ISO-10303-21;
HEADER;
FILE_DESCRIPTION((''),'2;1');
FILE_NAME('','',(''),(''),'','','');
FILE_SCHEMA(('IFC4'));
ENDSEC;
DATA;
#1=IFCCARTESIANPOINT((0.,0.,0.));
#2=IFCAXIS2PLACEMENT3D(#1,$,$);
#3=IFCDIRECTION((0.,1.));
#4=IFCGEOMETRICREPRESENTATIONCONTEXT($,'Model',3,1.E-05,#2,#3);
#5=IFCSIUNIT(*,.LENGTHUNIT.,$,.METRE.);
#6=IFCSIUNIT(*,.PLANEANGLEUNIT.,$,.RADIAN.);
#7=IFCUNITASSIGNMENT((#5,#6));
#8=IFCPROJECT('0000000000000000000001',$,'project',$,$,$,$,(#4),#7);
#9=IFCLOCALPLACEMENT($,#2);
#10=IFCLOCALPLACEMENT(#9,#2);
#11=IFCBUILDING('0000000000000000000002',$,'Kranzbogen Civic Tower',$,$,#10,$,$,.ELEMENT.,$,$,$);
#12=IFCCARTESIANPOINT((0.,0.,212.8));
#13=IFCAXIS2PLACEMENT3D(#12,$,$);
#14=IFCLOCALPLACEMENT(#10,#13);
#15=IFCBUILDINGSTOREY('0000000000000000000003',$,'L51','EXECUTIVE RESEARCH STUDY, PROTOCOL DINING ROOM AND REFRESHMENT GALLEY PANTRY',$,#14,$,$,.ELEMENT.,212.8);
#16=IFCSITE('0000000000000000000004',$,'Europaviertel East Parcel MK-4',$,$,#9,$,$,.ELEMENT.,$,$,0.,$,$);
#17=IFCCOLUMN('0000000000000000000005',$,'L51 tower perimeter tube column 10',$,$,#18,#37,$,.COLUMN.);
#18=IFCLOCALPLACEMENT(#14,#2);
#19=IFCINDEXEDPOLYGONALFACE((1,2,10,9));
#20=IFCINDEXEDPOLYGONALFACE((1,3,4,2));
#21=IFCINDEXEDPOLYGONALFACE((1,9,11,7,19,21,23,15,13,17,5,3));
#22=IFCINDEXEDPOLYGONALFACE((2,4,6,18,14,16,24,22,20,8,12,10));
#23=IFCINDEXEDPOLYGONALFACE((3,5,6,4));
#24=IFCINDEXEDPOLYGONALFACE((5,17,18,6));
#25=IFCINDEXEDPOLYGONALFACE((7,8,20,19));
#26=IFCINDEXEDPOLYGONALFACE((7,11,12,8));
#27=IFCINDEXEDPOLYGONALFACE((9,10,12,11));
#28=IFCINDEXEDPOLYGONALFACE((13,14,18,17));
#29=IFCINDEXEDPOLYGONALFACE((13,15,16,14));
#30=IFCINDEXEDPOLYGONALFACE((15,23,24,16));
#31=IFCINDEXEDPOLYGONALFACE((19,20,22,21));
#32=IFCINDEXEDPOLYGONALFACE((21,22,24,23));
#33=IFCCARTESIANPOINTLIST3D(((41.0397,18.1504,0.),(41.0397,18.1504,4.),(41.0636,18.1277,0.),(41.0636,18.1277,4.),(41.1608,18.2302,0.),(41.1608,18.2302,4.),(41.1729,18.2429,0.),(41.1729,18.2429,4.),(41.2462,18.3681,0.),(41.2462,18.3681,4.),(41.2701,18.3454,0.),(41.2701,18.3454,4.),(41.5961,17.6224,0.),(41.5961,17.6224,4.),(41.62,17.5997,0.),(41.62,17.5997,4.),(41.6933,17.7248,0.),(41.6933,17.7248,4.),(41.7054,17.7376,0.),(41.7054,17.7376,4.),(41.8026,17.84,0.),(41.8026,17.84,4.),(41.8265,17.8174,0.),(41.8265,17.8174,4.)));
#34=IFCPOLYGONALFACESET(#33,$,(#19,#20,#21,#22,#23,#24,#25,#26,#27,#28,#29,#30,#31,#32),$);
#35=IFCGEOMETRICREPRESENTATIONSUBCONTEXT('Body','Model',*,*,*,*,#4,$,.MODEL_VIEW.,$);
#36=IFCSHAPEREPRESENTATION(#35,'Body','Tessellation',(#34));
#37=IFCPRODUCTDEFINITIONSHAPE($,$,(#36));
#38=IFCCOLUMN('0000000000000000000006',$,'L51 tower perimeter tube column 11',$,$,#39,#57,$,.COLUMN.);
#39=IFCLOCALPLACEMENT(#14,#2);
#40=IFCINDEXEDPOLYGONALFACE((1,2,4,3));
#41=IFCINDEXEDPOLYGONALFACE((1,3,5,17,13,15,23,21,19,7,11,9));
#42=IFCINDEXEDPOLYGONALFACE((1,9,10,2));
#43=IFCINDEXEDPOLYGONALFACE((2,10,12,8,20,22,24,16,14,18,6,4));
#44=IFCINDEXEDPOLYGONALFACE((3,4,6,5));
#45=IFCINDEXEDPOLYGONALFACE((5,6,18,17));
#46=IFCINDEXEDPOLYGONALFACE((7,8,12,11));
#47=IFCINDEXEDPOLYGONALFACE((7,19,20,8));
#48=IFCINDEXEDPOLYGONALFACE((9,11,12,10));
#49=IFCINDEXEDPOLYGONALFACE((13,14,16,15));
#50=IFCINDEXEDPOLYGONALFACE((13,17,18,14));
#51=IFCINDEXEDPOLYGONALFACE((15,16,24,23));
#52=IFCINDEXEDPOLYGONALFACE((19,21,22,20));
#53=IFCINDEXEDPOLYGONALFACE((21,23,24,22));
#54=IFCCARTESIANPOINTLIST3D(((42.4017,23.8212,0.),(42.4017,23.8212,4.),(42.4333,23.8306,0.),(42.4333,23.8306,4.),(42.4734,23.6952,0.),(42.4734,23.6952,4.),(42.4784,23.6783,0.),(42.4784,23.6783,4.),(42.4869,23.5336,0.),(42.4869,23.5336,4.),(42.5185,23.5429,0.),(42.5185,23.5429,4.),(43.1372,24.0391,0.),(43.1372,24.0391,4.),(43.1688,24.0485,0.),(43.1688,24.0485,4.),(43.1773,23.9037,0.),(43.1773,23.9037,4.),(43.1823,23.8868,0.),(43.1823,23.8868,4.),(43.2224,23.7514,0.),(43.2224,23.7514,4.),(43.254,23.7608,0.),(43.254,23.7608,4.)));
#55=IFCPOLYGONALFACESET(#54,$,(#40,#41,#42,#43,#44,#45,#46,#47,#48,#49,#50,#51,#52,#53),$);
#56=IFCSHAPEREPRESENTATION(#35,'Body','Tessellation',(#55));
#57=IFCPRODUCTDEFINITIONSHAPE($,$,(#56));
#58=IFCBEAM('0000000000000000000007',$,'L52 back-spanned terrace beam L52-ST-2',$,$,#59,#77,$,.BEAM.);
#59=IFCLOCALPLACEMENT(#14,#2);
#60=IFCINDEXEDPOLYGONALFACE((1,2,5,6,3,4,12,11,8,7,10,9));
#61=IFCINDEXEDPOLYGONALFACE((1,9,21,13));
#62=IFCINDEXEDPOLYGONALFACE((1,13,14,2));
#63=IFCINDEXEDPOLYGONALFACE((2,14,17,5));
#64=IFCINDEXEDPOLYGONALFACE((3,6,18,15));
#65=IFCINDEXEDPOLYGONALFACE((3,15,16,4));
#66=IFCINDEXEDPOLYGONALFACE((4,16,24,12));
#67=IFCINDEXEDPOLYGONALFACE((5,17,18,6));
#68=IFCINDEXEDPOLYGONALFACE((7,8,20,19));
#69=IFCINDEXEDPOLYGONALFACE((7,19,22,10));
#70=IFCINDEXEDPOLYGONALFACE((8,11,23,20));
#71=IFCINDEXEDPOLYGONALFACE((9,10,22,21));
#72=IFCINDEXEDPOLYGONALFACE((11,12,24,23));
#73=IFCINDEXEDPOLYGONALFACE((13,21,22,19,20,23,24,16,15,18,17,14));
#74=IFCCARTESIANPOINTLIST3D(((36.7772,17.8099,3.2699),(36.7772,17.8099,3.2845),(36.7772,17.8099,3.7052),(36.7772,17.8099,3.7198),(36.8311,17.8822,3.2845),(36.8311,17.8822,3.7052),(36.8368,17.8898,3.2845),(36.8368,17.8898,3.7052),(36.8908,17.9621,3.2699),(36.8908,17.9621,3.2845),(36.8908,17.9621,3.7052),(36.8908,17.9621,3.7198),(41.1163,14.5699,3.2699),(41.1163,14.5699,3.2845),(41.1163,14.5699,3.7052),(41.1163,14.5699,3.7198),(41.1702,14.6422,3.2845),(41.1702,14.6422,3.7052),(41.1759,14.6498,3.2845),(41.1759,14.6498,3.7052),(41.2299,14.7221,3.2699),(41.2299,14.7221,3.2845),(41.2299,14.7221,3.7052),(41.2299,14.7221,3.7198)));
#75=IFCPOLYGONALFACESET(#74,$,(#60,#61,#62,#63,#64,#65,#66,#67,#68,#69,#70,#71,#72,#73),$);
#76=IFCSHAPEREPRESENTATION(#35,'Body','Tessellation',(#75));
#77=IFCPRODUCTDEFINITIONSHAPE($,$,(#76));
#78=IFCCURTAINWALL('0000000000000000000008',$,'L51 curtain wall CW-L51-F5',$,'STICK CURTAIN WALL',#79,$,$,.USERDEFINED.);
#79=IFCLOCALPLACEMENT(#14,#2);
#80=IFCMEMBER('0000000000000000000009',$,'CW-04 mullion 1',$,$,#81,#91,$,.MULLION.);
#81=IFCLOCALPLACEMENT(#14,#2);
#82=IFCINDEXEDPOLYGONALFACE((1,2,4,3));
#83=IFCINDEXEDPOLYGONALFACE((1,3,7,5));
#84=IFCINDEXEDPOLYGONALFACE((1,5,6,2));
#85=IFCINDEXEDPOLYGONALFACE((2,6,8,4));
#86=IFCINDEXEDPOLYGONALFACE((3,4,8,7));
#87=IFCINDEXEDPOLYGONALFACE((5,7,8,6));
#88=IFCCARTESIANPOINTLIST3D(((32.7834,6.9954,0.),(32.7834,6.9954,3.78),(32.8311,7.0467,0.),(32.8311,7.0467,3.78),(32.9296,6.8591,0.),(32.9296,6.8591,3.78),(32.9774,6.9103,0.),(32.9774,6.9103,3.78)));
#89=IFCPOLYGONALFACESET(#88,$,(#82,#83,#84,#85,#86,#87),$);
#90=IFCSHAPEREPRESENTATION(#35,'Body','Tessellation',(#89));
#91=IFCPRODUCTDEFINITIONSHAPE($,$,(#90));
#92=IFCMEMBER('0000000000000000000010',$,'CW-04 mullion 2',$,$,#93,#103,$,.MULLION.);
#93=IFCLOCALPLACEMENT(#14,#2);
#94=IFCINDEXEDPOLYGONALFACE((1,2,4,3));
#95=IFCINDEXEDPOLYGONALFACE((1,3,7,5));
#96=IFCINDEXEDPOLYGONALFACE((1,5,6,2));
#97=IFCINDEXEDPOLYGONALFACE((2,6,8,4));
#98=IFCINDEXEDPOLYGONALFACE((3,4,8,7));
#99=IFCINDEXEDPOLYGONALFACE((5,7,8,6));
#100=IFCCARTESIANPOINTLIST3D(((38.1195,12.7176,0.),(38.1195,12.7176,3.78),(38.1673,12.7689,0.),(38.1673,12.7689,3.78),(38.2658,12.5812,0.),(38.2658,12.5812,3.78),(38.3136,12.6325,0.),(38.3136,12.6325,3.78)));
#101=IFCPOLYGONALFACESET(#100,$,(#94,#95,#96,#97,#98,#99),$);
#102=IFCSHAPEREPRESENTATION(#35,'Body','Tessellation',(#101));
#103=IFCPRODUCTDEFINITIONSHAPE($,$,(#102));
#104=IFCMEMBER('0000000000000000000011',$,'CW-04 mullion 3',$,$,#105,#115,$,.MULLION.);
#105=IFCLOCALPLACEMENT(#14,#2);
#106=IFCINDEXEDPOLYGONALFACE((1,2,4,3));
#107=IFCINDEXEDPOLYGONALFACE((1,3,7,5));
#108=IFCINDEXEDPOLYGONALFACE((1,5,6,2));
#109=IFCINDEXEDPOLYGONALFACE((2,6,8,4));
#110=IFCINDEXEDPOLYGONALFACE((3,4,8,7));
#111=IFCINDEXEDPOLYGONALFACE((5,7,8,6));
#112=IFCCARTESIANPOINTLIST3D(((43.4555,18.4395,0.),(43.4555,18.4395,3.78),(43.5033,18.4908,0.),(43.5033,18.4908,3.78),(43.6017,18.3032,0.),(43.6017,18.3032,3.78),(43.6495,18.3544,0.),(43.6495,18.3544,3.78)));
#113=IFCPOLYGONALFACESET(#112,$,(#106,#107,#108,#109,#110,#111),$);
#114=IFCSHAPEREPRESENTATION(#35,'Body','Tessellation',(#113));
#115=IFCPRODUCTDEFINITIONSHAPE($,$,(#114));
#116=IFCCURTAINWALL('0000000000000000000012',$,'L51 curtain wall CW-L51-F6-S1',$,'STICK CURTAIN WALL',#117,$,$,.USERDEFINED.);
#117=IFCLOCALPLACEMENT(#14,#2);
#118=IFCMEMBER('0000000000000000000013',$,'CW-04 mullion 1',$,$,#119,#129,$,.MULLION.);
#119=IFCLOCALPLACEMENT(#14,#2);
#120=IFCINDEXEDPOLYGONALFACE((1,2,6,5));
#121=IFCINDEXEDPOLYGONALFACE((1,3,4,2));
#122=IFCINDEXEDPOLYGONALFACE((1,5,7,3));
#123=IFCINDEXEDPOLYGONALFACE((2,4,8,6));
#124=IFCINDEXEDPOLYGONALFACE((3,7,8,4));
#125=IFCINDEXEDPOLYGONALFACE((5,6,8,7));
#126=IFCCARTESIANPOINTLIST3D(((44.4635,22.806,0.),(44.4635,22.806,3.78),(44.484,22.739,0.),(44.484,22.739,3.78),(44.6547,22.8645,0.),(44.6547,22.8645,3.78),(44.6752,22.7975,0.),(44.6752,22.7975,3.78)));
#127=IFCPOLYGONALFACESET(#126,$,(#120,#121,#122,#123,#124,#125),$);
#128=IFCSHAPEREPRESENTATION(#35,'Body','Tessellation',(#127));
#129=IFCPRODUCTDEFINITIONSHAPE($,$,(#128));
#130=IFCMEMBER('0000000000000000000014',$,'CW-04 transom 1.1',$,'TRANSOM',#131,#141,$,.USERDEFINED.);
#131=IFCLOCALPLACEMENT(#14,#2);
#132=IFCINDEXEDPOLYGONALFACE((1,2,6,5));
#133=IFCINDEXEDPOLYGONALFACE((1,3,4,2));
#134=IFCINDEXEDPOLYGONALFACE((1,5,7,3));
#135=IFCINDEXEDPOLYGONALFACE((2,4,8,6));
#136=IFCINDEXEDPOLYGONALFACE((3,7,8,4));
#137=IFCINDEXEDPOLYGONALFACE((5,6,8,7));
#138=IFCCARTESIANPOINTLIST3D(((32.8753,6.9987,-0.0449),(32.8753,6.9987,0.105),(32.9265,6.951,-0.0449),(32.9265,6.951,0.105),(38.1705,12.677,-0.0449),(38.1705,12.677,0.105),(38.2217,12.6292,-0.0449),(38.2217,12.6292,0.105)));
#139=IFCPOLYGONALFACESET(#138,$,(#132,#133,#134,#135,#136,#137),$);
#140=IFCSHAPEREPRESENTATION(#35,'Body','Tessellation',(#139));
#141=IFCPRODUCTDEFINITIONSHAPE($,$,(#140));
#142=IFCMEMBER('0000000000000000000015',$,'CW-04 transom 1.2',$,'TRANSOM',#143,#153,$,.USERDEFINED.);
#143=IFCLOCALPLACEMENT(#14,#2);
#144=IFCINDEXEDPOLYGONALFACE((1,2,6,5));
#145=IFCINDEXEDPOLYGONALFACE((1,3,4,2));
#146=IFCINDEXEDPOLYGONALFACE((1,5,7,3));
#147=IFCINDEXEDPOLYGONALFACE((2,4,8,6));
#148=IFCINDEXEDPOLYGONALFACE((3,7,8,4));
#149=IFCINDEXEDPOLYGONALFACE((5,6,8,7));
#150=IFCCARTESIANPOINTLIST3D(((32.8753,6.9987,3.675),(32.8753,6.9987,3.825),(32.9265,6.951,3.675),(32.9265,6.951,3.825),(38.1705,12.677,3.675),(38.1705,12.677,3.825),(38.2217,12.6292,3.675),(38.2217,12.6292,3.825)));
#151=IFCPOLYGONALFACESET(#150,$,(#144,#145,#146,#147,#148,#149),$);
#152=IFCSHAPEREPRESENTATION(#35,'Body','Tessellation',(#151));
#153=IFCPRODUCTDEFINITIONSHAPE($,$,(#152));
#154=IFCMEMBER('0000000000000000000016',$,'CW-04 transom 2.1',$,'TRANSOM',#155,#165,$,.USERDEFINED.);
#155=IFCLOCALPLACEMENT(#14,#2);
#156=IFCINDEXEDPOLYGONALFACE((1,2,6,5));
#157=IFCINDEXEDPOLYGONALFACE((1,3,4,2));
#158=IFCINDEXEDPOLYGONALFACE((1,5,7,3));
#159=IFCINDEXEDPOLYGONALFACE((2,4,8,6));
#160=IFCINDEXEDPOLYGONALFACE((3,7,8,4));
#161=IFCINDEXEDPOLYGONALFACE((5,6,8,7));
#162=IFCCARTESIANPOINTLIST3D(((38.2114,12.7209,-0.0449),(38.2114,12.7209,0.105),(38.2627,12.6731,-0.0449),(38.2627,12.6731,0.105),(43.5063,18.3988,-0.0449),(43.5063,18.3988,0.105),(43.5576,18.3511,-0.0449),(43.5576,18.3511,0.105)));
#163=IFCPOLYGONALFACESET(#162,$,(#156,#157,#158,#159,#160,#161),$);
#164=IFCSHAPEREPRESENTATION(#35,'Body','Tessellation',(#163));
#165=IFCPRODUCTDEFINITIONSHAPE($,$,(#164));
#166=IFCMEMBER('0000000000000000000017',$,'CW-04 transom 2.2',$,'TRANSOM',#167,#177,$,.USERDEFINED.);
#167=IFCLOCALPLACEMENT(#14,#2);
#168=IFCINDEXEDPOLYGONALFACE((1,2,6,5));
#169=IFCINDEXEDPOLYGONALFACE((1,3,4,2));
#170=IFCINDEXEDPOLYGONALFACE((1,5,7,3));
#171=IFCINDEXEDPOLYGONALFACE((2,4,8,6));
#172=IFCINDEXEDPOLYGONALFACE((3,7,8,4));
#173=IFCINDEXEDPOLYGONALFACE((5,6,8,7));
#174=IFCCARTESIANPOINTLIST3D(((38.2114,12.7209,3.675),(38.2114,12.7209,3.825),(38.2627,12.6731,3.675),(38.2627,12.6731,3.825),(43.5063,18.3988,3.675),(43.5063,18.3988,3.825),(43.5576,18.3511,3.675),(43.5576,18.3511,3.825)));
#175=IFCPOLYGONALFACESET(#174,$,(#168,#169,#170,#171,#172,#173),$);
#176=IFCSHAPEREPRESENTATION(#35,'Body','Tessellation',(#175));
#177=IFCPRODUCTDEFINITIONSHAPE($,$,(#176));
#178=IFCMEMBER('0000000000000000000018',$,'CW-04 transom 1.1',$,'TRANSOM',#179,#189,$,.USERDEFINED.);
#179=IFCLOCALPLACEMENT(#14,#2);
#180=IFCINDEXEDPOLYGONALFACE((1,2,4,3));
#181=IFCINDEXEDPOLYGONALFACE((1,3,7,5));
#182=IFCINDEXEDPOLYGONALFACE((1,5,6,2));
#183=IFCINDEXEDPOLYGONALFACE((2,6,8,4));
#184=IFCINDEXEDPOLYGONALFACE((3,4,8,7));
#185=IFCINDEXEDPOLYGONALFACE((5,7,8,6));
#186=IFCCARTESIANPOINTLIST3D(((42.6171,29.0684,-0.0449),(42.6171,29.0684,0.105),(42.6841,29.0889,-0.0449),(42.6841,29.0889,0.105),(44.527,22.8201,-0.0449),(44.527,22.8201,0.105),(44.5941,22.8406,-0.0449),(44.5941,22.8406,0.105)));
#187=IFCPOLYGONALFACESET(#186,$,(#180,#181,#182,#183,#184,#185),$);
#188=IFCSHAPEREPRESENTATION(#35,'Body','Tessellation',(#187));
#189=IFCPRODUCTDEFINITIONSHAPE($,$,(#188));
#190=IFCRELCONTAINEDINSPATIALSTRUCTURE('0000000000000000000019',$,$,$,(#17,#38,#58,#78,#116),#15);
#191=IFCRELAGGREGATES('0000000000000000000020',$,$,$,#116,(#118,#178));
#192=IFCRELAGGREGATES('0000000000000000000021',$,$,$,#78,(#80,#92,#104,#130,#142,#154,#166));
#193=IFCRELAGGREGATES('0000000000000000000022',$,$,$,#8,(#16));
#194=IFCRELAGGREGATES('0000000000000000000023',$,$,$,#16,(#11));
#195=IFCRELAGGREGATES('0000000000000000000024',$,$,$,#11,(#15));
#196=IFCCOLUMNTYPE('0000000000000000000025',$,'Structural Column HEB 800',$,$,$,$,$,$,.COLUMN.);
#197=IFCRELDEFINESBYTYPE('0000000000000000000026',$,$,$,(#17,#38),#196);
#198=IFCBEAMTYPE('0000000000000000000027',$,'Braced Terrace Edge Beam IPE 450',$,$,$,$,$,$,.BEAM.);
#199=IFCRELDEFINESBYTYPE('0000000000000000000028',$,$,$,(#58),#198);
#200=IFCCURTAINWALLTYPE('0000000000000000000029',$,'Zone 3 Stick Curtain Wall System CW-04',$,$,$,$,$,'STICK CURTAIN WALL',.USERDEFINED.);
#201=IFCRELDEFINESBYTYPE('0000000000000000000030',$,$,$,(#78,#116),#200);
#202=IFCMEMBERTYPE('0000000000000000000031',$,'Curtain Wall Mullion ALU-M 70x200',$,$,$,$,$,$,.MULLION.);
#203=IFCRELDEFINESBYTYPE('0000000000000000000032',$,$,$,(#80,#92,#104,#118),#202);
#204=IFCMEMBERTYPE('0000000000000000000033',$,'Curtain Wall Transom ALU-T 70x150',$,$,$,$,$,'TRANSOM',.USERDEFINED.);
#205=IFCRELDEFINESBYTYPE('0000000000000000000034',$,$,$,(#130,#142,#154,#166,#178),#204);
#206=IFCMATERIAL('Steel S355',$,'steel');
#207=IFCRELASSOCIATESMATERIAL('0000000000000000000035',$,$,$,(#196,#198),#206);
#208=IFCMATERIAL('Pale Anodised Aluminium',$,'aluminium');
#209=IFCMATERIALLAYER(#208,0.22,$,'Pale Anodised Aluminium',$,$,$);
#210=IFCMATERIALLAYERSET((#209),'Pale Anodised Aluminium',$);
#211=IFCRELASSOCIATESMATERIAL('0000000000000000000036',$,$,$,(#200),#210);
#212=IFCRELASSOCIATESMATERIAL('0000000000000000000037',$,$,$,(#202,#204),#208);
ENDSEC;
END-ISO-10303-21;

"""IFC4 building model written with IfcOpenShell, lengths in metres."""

from ifc_helpers import new_model, si_unit, direction, frame, origin, origin_2d, place, context, subcontext, project, spatial, rectangle, i_section, extrude, material, layer, layer_set, material_profile, profile_set, type_object, element, aggregate, save


model = new_model("IFC4")

# Units and contexts
model_context = context("Model", 3, precision=1e-05, world=origin(), true_north=direction((0.0, 1.0)))
body_context = subcontext(model_context, "Body", "Model", "MODEL_VIEW")
ifc_project = project(units=[si_unit("LENGTHUNIT", "METRE"), si_unit("PLANEANGLEUNIT", "RADIAN")], contexts=[model_context])

# Site, building, storey
site_placement = place(None, origin())
site = spatial("IfcSite", under=ifc_project, at=site_placement, Name="Europaviertel East Parcel MK-4", CompositionType="ELEMENT", RefElevation=0.0)
building_placement = place(site_placement, origin())
building = spatial("IfcBuilding", under=site, at=building_placement, Name="Kranzbogen Civic Tower", CompositionType="ELEMENT")
storey_placement = place(building_placement, frame((0.0, 0.0, 212.8)))
storey = spatial("IfcBuildingStorey", under=building, at=storey_placement, Name="L51", Description="EXECUTIVE RESEARCH STUDY, PROTOCOL DINING ROOM AND REFRESHMENT GALLEY PANTRY", CompositionType="ELEMENT", Elevation=212.8)

# Columns
ifc_material_1 = material(Name="Steel S355", Category="steel")
ifc_material_profile_1 = material_profile(ifc_material_1, i_section(OverallWidth=0.3, OverallDepth=0.8, WebThickness=0.0176, FlangeThickness=0.033, at=origin_2d()), Name="HEB 800")
ifc_profile_set_1 = profile_set([ifc_material_profile_1], Name="Steel S355")
column_type = type_object("IfcColumnType", Name="Structural Column HEB 800", PredefinedType="COLUMN", material=ifc_profile_set_1)
for number, where, z_axis, x_axis, name in (
    (1, (41.4331, 17.9839, 0.0), (0.0, 0.0, 1.0), (0.688355, 0.725374, 0.0), "L51 tower perimeter tube column 10"),
    (2, (42.8279, 23.791, 0.0), (0.0, 0.0, 1.0), (-0.284015, 0.95882, 0.0), "L51 tower perimeter tube column 11"),
):
    element("IfcColumn", number, at=place(storey_placement, frame(where, z_axis=z_axis, x_axis=x_axis)), inside=storey, type_object=column_type, Name=name, PredefinedType="COLUMN", context=body_context, shape_type="SweptSolid", body=[
        extrude(i_section(OverallWidth=0.3, OverallDepth=0.8, WebThickness=0.0176, FlangeThickness=0.033, at=origin_2d()), origin(), (0.0, 0.0, 1.0), 4.0),
    ])

# Beam
ifc_material_profile_2 = material_profile(ifc_material_1, i_section(OverallWidth=0.1899, OverallDepth=0.45, WebThickness=0.0095, FlangeThickness=0.0146, at=origin_2d()), Name="IPE 450")
ifc_profile_set_2 = profile_set([ifc_material_profile_2], Name="Steel S355")
beam_type_1 = type_object("IfcBeamType", Name="Braced Terrace Edge Beam IPE 450", PredefinedType="BEAM", material=ifc_profile_set_2)
beam_1_placement = place(storey_placement, frame((36.834, 17.886, 3.4949), z_axis=(0.80127, -0.598304, 0.0), x_axis=(0.598304, 0.80127, 0.0)))
element("IfcBeam", 3, at=beam_1_placement, inside=storey, type_object=beam_type_1, Name="L52 back-spanned terrace beam L52-ST-2", PredefinedType="BEAM", context=body_context, shape_type="SweptSolid", body=[
    extrude(i_section(OverallWidth=0.1899, OverallDepth=0.45, WebThickness=0.0095, FlangeThickness=0.0146, at=origin_2d()), origin(), (0.0, 0.0, 1.0), 5.4153),
])

# Curtain wall, members
ifc_material_2 = material(Name="Pale Anodised Aluminium", Category="aluminium")
ifc_layer_1 = layer(ifc_material_2, 0.22, Name="Pale Anodised Aluminium")
ifc_layer_set_1 = layer_set([ifc_layer_1], Name="Pale Anodised Aluminium")
curtain_wall_type = type_object("IfcCurtainWallType", Name="Zone 3 Stick Curtain Wall System CW-04", ElementType="STICK CURTAIN WALL", PredefinedType="USERDEFINED", material=ifc_layer_set_1)
curtain_wall_1_placement = place(storey_placement, origin())
curtain_wall_1 = element("IfcCurtainWall", 4, at=curtain_wall_1_placement, inside=storey, type_object=curtain_wall_type, Name="L51 curtain wall CW-L51-F5", ObjectType="STICK CURTAIN WALL", PredefinedType="USERDEFINED")
ifc_material_profile_3 = material_profile(ifc_material_2, rectangle(XDim=0.0701, YDim=0.2, at=origin_2d()), Name="ALU-M 70x200")
ifc_profile_set_3 = profile_set([ifc_material_profile_3], Name="Pale Anodised Aluminium")
member_type_1 = type_object("IfcMemberType", Name="Curtain Wall Mullion ALU-M 70x200", PredefinedType="MULLION", material=ifc_profile_set_3)
member_1_placement = place(storey_placement, frame((32.8804, 6.9529, 0.0), z_axis=(0.0, 0.0, 1.0), x_axis=(0.682007, 0.731345, 0.0)))
member_1 = element("IfcMember", 5, at=member_1_placement, type_object=member_type_1, Name="CW-04 mullion 1", PredefinedType="MULLION", context=body_context, shape_type="SweptSolid", body=[
    extrude(rectangle(XDim=0.0701, YDim=0.2, at=origin_2d()), origin(), (0.0, 0.0, 1.0), 3.78),
])
member_2_placement = place(storey_placement, frame((38.2166, 12.675, 0.0), z_axis=(0.0, 0.0, 1.0), x_axis=(0.682007, 0.731345, 0.0)))
member_2 = element("IfcMember", 6, at=member_2_placement, type_object=member_type_1, Name="CW-04 mullion 2", PredefinedType="MULLION", context=body_context, shape_type="SweptSolid", body=[
    extrude(rectangle(XDim=0.0701, YDim=0.2, at=origin_2d()), origin(), (0.0, 0.0, 1.0), 3.78),
])
member_3_placement = place(storey_placement, frame((43.5525, 18.397, 0.0), z_axis=(0.0, 0.0, 1.0), x_axis=(0.682007, 0.731345, 0.0)))
member_3 = element("IfcMember", 7, at=member_3_placement, type_object=member_type_1, Name="CW-04 mullion 3", PredefinedType="MULLION", context=body_context, shape_type="SweptSolid", body=[
    extrude(rectangle(XDim=0.0701, YDim=0.2, at=origin_2d()), origin(), (0.0, 0.0, 1.0), 3.78),
])

# Curtain wall, member
curtain_wall_2_placement = place(storey_placement, origin())
curtain_wall_2 = element("IfcCurtainWall", 8, at=curtain_wall_2_placement, inside=storey, type_object=curtain_wall_type, Name="L51 curtain wall CW-L51-F6-S1", ObjectType="STICK CURTAIN WALL", PredefinedType="USERDEFINED")
member_4_placement = place(storey_placement, frame((44.5693, 22.8018, 0.0), z_axis=(0.0, 0.0, 1.0), x_axis=(-0.292322, 0.95632, 0.0)))
member_4 = element("IfcMember", 9, at=member_4_placement, type_object=member_type_1, Name="CW-04 mullion 1", PredefinedType="MULLION", context=body_context, shape_type="SweptSolid", body=[
    extrude(rectangle(XDim=0.0701, YDim=0.2, at=origin_2d()), origin(), (0.0, 0.0, 1.0), 3.78),
])

# Members
ifc_material_profile_4 = material_profile(ifc_material_2, rectangle(XDim=0.0701, YDim=0.1499, at=origin_2d()), Name="ALU-T 70x150")
ifc_profile_set_4 = profile_set([ifc_material_profile_4], Name="Pale Anodised Aluminium")
member_type_2 = type_object("IfcMemberType", Name="Curtain Wall Transom ALU-T 70x150", ElementType="TRANSOM", PredefinedType="USERDEFINED", material=ifc_profile_set_4)
member_5_placement = place(storey_placement, frame((32.9009, 6.9749, 0.03), z_axis=(0.682008, 0.731345, 0.0), x_axis=(-0.731345, 0.682008, 0.0)))
member_5 = element("IfcMember", 10, at=member_5_placement, type_object=member_type_2, Name="CW-04 transom 1.1", ObjectType="TRANSOM", PredefinedType="USERDEFINED", context=body_context, shape_type="SweptSolid", body=[
    extrude(rectangle(XDim=0.0701, YDim=0.1499, at=origin_2d()), origin(), (0.0, 0.0, 1.0), 7.7642),
])
member_6_placement = place(storey_placement, frame((32.9009, 6.9749, 3.75), z_axis=(0.682008, 0.731345, 0.0), x_axis=(-0.731345, 0.682008, 0.0)))
member_6 = element("IfcMember", 11, at=member_6_placement, type_object=member_type_2, Name="CW-04 transom 1.2", ObjectType="TRANSOM", PredefinedType="USERDEFINED", context=body_context, shape_type="SweptSolid", body=[
    extrude(rectangle(XDim=0.0701, YDim=0.1499, at=origin_2d()), origin(), (0.0, 0.0, 1.0), 7.7642),
])
member_7_placement = place(storey_placement, frame((38.2371, 12.697, 0.03), z_axis=(0.682007, 0.731346, 0.0), x_axis=(-0.731346, 0.682007, 0.0)))
member_7 = element("IfcMember", 12, at=member_7_placement, type_object=member_type_2, Name="CW-04 transom 2.1", ObjectType="TRANSOM", PredefinedType="USERDEFINED", context=body_context, shape_type="SweptSolid", body=[
    extrude(rectangle(XDim=0.0701, YDim=0.1499, at=origin_2d()), origin(), (0.0, 0.0, 1.0), 7.7637),
])
member_8_placement = place(storey_placement, frame((38.2371, 12.697, 3.75), z_axis=(0.682007, 0.731346, 0.0), x_axis=(-0.731346, 0.682007, 0.0)))
member_8 = element("IfcMember", 13, at=member_8_placement, type_object=member_type_2, Name="CW-04 transom 2.2", ObjectType="TRANSOM", PredefinedType="USERDEFINED", context=body_context, shape_type="SweptSolid", body=[
    extrude(rectangle(XDim=0.0701, YDim=0.1499, at=origin_2d()), origin(), (0.0, 0.0, 1.0), 7.7637),
])
member_9_placement = place(storey_placement, frame((44.5605, 22.8303, 0.03), z_axis=(-0.292318, 0.956321, 0.0), x_axis=(-0.956321, -0.292318, 0.0)))
member_9 = element("IfcMember", 14, at=member_9_placement, type_object=member_type_2, Name="CW-04 transom 1.1", ObjectType="TRANSOM", PredefinedType="USERDEFINED", context=body_context, shape_type="SweptSolid", body=[
    extrude(rectangle(XDim=0.0701, YDim=0.1499, at=origin_2d()), origin(), (0.0, 0.0, 1.0), 6.5337),
])
aggregate(curtain_wall_2, [member_4, member_9])

aggregate(curtain_wall_1, [member_1, member_2, member_3, member_5, member_6, member_7, member_8])

save(model, "model.ifc")
